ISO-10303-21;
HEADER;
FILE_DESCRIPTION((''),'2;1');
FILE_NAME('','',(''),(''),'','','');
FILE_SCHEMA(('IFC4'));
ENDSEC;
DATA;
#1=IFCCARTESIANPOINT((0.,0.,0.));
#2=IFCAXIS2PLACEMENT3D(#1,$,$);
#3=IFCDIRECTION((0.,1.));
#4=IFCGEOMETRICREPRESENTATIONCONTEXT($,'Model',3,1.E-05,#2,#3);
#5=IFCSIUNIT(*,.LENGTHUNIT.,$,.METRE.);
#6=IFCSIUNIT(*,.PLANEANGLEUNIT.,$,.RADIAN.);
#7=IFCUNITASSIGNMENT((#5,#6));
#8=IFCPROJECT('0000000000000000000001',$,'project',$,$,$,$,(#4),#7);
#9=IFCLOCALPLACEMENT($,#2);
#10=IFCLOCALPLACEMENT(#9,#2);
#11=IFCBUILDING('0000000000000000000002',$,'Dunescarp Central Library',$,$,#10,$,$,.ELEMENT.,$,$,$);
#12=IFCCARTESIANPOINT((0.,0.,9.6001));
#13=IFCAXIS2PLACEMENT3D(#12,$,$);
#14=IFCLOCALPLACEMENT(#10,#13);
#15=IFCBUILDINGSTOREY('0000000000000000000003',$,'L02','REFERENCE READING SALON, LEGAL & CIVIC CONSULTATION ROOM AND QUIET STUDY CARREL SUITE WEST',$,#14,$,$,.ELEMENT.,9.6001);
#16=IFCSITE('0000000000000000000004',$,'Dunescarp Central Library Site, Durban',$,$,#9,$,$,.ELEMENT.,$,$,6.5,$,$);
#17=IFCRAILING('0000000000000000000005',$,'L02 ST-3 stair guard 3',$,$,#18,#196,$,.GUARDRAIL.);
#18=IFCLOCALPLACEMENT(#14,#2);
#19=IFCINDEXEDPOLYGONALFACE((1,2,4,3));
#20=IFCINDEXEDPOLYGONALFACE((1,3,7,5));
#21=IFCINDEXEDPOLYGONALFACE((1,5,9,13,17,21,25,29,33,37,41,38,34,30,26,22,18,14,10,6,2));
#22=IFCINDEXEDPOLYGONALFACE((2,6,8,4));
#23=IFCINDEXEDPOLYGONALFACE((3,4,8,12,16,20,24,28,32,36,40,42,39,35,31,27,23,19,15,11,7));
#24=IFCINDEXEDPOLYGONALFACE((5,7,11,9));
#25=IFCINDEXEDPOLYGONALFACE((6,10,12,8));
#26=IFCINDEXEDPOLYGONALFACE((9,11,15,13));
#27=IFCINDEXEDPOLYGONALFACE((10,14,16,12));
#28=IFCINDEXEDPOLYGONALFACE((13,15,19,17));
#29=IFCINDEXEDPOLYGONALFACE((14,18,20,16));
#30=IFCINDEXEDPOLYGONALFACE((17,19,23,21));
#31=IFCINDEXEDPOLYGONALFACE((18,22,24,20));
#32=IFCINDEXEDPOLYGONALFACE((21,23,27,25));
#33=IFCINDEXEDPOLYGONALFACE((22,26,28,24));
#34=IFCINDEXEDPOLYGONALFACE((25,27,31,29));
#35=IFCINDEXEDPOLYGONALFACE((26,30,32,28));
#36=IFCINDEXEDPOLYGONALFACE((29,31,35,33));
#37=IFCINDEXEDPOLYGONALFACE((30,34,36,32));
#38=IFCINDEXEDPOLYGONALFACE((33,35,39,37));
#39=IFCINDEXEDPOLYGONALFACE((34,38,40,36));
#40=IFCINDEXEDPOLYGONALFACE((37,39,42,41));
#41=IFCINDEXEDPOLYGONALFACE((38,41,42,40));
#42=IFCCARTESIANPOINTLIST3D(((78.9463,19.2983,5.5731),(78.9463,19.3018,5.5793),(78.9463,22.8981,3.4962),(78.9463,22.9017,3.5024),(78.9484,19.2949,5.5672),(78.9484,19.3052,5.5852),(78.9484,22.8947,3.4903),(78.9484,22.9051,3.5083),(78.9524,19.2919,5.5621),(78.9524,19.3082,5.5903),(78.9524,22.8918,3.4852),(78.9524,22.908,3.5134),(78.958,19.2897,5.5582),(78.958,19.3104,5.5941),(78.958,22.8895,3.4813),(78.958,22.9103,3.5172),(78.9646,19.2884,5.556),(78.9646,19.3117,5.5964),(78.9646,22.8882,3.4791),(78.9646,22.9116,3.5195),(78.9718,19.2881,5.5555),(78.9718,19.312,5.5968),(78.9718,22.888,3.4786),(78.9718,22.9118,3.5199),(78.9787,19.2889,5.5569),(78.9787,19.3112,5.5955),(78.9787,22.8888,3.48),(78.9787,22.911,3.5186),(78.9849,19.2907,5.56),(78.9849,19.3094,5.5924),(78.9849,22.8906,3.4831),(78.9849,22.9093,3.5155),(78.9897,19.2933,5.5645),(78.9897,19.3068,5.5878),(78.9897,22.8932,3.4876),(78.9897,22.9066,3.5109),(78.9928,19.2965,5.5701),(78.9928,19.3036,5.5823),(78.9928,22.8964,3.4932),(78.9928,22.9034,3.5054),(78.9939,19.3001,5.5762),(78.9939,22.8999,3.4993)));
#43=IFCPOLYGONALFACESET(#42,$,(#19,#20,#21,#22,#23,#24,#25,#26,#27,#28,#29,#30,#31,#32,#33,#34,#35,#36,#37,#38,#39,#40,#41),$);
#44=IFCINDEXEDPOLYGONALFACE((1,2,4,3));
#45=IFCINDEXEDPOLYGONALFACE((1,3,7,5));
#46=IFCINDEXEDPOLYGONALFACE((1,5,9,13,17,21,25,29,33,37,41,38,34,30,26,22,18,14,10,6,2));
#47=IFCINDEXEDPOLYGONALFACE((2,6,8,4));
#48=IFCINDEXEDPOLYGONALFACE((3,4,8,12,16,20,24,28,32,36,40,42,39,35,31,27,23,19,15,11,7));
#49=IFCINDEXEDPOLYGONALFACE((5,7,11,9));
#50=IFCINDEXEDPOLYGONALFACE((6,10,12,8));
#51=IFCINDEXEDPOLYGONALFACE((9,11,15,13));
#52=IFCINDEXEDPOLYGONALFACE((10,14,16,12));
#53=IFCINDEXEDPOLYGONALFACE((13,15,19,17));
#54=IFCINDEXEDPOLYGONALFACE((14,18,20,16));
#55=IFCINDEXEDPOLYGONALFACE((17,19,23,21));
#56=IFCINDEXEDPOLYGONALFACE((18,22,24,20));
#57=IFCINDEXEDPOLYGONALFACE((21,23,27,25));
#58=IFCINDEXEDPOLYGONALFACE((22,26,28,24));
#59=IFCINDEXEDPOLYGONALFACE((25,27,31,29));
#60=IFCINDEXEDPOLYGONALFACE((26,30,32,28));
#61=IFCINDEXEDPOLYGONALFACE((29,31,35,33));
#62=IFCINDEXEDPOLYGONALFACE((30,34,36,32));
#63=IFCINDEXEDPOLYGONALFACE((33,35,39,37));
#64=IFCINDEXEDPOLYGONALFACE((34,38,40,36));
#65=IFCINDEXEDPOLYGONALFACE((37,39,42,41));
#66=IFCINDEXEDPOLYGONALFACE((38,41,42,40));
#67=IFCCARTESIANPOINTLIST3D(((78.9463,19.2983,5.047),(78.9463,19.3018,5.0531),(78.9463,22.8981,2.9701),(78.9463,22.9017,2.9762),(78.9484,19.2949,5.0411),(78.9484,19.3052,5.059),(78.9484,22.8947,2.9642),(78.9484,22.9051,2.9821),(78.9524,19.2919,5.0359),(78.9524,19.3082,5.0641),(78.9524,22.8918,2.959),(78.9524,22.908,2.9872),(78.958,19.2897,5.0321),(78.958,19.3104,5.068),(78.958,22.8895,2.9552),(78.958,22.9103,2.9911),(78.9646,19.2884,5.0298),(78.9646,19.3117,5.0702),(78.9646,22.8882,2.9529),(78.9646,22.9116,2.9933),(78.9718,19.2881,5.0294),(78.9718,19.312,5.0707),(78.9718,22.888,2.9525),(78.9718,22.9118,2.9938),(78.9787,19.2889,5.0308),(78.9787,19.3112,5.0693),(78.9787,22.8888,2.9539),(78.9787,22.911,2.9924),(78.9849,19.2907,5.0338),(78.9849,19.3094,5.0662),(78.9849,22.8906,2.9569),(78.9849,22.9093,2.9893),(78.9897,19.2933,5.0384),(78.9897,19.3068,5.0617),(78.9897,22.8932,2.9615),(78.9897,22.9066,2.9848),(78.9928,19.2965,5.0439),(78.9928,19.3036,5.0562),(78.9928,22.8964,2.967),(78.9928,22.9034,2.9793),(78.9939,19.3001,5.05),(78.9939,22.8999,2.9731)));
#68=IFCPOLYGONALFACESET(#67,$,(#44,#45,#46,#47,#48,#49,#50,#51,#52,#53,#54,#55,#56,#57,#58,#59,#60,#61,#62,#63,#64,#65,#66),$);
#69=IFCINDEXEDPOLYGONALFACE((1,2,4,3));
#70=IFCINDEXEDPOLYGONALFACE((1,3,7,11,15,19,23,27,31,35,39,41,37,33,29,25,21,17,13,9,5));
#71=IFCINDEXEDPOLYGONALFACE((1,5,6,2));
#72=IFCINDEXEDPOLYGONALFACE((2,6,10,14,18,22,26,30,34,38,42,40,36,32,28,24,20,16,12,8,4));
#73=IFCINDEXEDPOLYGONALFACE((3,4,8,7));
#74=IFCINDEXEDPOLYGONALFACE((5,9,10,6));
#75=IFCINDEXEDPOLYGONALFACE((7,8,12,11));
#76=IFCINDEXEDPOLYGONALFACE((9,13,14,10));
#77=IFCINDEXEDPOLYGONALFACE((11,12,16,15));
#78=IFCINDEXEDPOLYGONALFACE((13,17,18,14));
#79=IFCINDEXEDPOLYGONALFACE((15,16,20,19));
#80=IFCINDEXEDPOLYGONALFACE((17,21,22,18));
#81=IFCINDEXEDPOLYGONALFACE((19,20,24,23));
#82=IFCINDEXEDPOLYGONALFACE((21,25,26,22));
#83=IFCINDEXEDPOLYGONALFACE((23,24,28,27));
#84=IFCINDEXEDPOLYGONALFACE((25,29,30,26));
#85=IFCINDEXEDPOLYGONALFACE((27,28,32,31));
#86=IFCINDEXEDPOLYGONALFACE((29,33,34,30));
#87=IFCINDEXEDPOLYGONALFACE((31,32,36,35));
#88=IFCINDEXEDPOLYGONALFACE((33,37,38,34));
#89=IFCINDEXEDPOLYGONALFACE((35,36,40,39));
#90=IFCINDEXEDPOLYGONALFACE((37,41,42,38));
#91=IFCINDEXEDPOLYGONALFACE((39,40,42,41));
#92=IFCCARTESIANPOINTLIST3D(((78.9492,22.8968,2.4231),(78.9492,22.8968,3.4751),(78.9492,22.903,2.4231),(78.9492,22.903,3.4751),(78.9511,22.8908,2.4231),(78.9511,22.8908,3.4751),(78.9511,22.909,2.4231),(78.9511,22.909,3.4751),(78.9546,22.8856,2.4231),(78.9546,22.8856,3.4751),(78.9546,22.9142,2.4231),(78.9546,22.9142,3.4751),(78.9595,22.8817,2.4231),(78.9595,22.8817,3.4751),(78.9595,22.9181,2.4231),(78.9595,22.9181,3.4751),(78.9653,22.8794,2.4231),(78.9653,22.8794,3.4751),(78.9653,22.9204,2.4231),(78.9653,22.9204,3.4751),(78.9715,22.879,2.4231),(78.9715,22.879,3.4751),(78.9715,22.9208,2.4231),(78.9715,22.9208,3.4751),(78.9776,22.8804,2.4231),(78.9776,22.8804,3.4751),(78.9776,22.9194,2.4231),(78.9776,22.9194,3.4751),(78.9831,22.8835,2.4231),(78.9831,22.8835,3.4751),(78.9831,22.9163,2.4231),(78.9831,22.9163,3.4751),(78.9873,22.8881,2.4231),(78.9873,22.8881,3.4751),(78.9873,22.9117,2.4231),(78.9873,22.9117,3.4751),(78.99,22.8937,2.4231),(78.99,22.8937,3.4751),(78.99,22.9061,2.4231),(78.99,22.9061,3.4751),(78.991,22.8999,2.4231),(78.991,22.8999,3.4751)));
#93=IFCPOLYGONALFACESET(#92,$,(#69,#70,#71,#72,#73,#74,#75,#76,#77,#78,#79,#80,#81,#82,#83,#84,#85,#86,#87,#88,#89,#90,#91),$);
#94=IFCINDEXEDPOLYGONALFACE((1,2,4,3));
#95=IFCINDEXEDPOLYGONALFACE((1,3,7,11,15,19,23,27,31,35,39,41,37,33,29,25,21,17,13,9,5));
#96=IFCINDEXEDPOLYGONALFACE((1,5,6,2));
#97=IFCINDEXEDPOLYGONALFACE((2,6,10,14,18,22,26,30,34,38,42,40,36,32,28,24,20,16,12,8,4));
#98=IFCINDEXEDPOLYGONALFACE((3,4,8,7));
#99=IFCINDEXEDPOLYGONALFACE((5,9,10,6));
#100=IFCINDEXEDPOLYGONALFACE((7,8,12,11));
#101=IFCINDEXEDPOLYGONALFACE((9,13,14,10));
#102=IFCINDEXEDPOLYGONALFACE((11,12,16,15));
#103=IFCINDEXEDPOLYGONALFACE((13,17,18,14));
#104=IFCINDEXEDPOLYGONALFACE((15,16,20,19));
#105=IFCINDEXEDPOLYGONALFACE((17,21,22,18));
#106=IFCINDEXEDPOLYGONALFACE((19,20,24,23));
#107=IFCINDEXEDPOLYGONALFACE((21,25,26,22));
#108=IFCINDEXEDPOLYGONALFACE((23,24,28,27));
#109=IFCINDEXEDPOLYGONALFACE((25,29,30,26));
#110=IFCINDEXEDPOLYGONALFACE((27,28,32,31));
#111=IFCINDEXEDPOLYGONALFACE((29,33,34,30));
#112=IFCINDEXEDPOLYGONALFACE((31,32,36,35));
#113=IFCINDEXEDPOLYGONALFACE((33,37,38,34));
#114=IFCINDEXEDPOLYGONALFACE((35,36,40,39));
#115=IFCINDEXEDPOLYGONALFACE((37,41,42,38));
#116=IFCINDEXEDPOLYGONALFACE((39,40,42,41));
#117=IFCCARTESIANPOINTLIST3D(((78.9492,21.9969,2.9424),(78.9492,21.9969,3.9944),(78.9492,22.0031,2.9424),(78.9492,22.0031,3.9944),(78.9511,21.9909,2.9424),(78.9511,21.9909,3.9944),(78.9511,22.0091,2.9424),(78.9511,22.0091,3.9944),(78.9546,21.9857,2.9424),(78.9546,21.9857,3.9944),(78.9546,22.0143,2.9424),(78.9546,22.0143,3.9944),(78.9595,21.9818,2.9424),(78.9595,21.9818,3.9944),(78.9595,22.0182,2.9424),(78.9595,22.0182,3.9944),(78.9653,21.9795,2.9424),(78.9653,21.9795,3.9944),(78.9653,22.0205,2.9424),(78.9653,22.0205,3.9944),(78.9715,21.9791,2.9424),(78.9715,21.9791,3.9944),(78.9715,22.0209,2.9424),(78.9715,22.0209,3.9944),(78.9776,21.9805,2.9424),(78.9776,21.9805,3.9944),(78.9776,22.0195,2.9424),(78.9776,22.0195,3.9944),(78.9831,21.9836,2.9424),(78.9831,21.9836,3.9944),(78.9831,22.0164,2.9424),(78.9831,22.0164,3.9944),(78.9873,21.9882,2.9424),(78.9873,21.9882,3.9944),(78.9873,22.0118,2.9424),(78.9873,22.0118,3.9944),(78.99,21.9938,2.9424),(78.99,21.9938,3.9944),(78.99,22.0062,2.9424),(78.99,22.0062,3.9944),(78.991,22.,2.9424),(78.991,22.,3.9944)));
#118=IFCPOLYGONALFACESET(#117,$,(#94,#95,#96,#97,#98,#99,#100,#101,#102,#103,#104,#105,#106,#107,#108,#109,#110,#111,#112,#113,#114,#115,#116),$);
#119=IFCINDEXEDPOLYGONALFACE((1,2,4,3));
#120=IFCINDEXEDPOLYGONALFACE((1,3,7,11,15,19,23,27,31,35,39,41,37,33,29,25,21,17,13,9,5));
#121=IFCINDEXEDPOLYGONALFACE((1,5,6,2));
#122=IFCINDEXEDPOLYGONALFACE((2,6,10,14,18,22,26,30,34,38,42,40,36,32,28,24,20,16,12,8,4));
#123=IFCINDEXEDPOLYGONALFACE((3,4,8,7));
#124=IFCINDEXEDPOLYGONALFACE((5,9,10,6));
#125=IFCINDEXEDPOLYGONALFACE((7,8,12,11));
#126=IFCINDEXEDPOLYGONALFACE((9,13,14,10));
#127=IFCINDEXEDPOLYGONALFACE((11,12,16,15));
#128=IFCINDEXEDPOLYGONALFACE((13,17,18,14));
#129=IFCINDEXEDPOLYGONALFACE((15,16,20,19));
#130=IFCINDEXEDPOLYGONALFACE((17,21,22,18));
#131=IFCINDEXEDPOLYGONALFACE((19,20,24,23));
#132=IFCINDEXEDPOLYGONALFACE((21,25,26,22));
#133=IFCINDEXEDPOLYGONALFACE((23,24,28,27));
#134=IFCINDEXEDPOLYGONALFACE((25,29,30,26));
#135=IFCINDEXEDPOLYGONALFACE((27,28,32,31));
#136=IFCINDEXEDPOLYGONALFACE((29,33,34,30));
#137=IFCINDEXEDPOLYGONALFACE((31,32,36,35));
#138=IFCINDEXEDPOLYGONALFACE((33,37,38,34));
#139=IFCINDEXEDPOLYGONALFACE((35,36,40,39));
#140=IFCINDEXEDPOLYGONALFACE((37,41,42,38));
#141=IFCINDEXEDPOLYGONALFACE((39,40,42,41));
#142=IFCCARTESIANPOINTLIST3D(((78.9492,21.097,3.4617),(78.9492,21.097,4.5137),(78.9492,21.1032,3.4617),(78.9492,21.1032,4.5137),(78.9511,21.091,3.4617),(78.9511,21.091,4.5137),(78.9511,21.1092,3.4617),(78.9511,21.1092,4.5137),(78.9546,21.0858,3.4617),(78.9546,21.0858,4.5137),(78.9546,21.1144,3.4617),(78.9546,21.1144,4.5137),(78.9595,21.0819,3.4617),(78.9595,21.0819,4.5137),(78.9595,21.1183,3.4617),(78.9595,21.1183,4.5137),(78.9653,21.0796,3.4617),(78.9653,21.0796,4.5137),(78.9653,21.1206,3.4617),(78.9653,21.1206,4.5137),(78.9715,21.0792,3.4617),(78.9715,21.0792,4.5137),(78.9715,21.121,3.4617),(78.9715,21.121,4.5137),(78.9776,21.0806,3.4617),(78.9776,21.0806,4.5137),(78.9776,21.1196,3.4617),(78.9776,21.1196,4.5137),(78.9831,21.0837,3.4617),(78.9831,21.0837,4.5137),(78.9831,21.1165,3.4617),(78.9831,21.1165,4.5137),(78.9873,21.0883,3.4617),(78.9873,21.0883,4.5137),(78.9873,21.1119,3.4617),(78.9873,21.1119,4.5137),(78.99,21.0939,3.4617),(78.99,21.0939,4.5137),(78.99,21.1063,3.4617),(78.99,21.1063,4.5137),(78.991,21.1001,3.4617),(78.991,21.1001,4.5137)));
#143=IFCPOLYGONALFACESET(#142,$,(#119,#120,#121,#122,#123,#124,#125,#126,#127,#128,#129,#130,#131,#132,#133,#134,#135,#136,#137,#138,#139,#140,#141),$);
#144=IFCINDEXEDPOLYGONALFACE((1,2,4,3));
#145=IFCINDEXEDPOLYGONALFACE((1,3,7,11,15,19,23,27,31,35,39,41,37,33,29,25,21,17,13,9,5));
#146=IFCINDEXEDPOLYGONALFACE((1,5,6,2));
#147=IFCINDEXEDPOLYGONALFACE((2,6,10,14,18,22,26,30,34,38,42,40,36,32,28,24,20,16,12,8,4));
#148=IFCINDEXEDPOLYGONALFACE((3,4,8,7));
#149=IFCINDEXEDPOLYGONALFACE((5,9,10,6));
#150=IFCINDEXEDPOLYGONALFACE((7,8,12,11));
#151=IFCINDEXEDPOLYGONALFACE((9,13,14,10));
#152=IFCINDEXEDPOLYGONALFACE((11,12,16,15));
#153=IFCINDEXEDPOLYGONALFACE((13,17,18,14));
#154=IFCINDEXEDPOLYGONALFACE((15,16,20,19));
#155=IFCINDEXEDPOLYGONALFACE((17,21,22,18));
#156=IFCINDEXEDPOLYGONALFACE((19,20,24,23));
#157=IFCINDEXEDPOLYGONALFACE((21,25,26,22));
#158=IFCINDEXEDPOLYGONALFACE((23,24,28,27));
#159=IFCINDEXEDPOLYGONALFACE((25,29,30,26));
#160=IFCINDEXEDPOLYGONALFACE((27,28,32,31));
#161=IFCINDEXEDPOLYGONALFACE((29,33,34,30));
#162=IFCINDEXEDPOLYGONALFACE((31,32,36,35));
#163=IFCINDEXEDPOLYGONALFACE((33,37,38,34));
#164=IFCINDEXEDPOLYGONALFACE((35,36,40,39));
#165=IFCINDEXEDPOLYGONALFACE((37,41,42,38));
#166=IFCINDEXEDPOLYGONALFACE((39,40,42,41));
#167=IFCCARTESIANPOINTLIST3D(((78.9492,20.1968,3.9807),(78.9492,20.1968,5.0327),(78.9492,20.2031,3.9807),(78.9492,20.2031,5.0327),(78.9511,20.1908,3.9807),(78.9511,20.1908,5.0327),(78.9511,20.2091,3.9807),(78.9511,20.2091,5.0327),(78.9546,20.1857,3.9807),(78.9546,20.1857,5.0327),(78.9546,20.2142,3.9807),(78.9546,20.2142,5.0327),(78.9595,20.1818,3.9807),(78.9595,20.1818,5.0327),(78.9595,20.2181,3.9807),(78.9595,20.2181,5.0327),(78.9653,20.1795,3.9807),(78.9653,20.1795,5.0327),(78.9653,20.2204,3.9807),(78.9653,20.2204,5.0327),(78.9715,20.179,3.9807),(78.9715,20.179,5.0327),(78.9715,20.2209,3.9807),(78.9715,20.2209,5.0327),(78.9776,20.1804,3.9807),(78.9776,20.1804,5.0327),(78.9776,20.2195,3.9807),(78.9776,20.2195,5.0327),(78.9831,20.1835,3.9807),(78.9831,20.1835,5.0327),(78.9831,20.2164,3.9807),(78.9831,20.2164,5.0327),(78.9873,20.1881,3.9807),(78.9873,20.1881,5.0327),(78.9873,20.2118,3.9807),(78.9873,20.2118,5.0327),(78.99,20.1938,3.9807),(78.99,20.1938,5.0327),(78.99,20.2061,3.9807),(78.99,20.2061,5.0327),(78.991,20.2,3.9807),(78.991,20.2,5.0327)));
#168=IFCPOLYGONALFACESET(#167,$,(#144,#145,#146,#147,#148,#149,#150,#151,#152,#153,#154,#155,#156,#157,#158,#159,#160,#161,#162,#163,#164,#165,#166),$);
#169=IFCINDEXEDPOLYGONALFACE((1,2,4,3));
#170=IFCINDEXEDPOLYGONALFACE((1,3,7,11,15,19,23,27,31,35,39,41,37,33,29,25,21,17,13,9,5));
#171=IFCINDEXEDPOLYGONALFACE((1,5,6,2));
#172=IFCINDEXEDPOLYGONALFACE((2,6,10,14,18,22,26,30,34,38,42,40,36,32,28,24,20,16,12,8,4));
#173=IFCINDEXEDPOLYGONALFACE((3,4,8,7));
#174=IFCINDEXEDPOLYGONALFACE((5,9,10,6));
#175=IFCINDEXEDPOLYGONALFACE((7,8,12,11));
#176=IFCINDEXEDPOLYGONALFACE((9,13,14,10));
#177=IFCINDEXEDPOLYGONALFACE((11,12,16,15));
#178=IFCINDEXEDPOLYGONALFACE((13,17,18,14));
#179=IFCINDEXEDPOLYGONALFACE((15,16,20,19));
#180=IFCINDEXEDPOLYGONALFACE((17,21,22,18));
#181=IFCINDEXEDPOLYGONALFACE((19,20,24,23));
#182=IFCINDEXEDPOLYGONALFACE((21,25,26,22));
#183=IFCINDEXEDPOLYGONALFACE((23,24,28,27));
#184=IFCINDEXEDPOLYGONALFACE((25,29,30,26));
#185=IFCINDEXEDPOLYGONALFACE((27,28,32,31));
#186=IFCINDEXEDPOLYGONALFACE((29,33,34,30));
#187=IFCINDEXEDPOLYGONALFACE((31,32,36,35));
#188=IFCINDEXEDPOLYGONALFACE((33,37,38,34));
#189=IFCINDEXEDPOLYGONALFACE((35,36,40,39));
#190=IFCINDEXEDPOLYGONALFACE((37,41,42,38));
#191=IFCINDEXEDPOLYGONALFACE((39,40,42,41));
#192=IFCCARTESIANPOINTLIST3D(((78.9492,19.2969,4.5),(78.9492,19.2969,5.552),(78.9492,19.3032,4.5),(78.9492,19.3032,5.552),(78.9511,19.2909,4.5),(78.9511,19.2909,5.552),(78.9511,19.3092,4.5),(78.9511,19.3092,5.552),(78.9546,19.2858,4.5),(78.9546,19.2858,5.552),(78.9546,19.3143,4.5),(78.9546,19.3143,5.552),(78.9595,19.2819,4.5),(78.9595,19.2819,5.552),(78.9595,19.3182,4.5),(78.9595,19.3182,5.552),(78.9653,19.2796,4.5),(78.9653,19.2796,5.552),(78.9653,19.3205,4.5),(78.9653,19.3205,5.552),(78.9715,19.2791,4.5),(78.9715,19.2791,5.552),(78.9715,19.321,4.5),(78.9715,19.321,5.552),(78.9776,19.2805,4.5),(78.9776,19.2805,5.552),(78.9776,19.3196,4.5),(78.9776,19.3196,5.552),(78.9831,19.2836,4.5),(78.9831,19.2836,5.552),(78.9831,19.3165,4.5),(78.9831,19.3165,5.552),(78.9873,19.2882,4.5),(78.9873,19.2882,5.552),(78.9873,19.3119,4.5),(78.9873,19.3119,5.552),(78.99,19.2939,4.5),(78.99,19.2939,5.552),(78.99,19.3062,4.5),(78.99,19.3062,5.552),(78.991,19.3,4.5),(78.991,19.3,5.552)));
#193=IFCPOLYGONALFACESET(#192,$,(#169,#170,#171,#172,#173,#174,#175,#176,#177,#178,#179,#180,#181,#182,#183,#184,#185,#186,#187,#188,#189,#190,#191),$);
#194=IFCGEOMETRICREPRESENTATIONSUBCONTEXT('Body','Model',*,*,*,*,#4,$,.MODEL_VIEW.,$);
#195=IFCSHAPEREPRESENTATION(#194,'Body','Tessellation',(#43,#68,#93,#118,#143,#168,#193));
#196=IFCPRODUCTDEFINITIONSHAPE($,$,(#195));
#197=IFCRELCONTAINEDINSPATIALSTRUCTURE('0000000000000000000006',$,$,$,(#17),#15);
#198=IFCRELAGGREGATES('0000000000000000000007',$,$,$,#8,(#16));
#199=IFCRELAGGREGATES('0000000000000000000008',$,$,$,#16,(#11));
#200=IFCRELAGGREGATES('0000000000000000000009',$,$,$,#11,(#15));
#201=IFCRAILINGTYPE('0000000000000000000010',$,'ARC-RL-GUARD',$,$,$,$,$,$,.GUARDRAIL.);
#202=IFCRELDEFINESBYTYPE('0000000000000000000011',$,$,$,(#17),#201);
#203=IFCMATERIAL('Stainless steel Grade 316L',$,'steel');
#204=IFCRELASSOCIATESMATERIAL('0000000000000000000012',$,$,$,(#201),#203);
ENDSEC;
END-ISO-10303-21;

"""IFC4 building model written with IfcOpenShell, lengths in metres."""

from ifc_helpers import new_model, si_unit, direction, frame, origin, origin_2d, place, context, subcontext, project, spatial, circle, extrude, material, type_object, element, save


model = new_model("IFC4")

# Units and contexts
model_context = context("Model", 3, precision=1e-05, world=origin(), true_north=direction((0.0, 1.0)))
body_context = subcontext(model_context, "Body", "Model", "MODEL_VIEW")
ifc_project = project(units=[si_unit("LENGTHUNIT", "METRE"), si_unit("PLANEANGLEUNIT", "RADIAN")], contexts=[model_context])

# Site, building, storey
site_placement = place(None, origin())
site = spatial("IfcSite", under=ifc_project, at=site_placement, Name="Dunescarp Central Library Site, Durban", CompositionType="ELEMENT", RefElevation=6.5)
building_placement = place(site_placement, origin())
building = spatial("IfcBuilding", under=site, at=building_placement, Name="Dunescarp Central Library", CompositionType="ELEMENT")
storey_placement = place(building_placement, frame((0.0, 0.0, 9.6001)))
storey = spatial("IfcBuildingStorey", under=building, at=storey_placement, Name="L02", Description="REFERENCE READING SALON, LEGAL & CIVIC CONSULTATION ROOM AND QUIET STUDY CARREL SUITE WEST", CompositionType="ELEMENT", Elevation=9.6001)

# Railing
ifc_material_1 = material(Name="Stainless steel Grade 316L", Category="steel")
railing_type_1 = type_object("IfcRailingType", Name="ARC-RL-GUARD", PredefinedType="GUARDRAIL", material=ifc_material_1)
railing_1_placement = place(storey_placement, frame((78.97, 22.8999, 2.4231)))
element("IfcRailing", 1, at=railing_1_placement, inside=storey, type_object=railing_type_1, Name="L02 ST-3 stair guard 3", PredefinedType="GUARDRAIL", context=body_context, shape_type="SweptSolid", body=[
    extrude(circle(Radius=0.0239, at=origin_2d()), frame((0.0, 0.0, 1.0762), z_axis=(0.0, -0.866179, 0.499734), x_axis=(1.0, 0.0, 0.0)), (0.0, 0.0, 1.0), 4.156),
    extrude(circle(Radius=0.0239, at=origin_2d()), frame((0.0, 0.0, 0.55), z_axis=(0.0, -0.866179, 0.499734), x_axis=(1.0, 0.0, 0.0)), (0.0, 0.0, 1.0), 4.156),
    extrude(circle(Radius=0.021, at=origin_2d()), origin(), (0.0, 0.0, 1.0), 1.052),
    extrude(circle(Radius=0.021, at=origin_2d()), frame((0.0, -0.8999, 0.5193)), (0.0, 0.0, 1.0), 1.052),
    extrude(circle(Radius=0.021, at=origin_2d()), frame((0.0, -1.7998, 1.0386)), (0.0, 0.0, 1.0), 1.052),
    extrude(circle(Radius=0.021, at=origin_2d()), frame((0.0, -2.7, 1.5576)), (0.0, 0.0, 1.0), 1.052),
    extrude(circle(Radius=0.021, at=origin_2d()), frame((0.0, -3.5999, 2.0769)), (0.0, 0.0, 1.0), 1.052),
])

save(model, "model.ifc")
